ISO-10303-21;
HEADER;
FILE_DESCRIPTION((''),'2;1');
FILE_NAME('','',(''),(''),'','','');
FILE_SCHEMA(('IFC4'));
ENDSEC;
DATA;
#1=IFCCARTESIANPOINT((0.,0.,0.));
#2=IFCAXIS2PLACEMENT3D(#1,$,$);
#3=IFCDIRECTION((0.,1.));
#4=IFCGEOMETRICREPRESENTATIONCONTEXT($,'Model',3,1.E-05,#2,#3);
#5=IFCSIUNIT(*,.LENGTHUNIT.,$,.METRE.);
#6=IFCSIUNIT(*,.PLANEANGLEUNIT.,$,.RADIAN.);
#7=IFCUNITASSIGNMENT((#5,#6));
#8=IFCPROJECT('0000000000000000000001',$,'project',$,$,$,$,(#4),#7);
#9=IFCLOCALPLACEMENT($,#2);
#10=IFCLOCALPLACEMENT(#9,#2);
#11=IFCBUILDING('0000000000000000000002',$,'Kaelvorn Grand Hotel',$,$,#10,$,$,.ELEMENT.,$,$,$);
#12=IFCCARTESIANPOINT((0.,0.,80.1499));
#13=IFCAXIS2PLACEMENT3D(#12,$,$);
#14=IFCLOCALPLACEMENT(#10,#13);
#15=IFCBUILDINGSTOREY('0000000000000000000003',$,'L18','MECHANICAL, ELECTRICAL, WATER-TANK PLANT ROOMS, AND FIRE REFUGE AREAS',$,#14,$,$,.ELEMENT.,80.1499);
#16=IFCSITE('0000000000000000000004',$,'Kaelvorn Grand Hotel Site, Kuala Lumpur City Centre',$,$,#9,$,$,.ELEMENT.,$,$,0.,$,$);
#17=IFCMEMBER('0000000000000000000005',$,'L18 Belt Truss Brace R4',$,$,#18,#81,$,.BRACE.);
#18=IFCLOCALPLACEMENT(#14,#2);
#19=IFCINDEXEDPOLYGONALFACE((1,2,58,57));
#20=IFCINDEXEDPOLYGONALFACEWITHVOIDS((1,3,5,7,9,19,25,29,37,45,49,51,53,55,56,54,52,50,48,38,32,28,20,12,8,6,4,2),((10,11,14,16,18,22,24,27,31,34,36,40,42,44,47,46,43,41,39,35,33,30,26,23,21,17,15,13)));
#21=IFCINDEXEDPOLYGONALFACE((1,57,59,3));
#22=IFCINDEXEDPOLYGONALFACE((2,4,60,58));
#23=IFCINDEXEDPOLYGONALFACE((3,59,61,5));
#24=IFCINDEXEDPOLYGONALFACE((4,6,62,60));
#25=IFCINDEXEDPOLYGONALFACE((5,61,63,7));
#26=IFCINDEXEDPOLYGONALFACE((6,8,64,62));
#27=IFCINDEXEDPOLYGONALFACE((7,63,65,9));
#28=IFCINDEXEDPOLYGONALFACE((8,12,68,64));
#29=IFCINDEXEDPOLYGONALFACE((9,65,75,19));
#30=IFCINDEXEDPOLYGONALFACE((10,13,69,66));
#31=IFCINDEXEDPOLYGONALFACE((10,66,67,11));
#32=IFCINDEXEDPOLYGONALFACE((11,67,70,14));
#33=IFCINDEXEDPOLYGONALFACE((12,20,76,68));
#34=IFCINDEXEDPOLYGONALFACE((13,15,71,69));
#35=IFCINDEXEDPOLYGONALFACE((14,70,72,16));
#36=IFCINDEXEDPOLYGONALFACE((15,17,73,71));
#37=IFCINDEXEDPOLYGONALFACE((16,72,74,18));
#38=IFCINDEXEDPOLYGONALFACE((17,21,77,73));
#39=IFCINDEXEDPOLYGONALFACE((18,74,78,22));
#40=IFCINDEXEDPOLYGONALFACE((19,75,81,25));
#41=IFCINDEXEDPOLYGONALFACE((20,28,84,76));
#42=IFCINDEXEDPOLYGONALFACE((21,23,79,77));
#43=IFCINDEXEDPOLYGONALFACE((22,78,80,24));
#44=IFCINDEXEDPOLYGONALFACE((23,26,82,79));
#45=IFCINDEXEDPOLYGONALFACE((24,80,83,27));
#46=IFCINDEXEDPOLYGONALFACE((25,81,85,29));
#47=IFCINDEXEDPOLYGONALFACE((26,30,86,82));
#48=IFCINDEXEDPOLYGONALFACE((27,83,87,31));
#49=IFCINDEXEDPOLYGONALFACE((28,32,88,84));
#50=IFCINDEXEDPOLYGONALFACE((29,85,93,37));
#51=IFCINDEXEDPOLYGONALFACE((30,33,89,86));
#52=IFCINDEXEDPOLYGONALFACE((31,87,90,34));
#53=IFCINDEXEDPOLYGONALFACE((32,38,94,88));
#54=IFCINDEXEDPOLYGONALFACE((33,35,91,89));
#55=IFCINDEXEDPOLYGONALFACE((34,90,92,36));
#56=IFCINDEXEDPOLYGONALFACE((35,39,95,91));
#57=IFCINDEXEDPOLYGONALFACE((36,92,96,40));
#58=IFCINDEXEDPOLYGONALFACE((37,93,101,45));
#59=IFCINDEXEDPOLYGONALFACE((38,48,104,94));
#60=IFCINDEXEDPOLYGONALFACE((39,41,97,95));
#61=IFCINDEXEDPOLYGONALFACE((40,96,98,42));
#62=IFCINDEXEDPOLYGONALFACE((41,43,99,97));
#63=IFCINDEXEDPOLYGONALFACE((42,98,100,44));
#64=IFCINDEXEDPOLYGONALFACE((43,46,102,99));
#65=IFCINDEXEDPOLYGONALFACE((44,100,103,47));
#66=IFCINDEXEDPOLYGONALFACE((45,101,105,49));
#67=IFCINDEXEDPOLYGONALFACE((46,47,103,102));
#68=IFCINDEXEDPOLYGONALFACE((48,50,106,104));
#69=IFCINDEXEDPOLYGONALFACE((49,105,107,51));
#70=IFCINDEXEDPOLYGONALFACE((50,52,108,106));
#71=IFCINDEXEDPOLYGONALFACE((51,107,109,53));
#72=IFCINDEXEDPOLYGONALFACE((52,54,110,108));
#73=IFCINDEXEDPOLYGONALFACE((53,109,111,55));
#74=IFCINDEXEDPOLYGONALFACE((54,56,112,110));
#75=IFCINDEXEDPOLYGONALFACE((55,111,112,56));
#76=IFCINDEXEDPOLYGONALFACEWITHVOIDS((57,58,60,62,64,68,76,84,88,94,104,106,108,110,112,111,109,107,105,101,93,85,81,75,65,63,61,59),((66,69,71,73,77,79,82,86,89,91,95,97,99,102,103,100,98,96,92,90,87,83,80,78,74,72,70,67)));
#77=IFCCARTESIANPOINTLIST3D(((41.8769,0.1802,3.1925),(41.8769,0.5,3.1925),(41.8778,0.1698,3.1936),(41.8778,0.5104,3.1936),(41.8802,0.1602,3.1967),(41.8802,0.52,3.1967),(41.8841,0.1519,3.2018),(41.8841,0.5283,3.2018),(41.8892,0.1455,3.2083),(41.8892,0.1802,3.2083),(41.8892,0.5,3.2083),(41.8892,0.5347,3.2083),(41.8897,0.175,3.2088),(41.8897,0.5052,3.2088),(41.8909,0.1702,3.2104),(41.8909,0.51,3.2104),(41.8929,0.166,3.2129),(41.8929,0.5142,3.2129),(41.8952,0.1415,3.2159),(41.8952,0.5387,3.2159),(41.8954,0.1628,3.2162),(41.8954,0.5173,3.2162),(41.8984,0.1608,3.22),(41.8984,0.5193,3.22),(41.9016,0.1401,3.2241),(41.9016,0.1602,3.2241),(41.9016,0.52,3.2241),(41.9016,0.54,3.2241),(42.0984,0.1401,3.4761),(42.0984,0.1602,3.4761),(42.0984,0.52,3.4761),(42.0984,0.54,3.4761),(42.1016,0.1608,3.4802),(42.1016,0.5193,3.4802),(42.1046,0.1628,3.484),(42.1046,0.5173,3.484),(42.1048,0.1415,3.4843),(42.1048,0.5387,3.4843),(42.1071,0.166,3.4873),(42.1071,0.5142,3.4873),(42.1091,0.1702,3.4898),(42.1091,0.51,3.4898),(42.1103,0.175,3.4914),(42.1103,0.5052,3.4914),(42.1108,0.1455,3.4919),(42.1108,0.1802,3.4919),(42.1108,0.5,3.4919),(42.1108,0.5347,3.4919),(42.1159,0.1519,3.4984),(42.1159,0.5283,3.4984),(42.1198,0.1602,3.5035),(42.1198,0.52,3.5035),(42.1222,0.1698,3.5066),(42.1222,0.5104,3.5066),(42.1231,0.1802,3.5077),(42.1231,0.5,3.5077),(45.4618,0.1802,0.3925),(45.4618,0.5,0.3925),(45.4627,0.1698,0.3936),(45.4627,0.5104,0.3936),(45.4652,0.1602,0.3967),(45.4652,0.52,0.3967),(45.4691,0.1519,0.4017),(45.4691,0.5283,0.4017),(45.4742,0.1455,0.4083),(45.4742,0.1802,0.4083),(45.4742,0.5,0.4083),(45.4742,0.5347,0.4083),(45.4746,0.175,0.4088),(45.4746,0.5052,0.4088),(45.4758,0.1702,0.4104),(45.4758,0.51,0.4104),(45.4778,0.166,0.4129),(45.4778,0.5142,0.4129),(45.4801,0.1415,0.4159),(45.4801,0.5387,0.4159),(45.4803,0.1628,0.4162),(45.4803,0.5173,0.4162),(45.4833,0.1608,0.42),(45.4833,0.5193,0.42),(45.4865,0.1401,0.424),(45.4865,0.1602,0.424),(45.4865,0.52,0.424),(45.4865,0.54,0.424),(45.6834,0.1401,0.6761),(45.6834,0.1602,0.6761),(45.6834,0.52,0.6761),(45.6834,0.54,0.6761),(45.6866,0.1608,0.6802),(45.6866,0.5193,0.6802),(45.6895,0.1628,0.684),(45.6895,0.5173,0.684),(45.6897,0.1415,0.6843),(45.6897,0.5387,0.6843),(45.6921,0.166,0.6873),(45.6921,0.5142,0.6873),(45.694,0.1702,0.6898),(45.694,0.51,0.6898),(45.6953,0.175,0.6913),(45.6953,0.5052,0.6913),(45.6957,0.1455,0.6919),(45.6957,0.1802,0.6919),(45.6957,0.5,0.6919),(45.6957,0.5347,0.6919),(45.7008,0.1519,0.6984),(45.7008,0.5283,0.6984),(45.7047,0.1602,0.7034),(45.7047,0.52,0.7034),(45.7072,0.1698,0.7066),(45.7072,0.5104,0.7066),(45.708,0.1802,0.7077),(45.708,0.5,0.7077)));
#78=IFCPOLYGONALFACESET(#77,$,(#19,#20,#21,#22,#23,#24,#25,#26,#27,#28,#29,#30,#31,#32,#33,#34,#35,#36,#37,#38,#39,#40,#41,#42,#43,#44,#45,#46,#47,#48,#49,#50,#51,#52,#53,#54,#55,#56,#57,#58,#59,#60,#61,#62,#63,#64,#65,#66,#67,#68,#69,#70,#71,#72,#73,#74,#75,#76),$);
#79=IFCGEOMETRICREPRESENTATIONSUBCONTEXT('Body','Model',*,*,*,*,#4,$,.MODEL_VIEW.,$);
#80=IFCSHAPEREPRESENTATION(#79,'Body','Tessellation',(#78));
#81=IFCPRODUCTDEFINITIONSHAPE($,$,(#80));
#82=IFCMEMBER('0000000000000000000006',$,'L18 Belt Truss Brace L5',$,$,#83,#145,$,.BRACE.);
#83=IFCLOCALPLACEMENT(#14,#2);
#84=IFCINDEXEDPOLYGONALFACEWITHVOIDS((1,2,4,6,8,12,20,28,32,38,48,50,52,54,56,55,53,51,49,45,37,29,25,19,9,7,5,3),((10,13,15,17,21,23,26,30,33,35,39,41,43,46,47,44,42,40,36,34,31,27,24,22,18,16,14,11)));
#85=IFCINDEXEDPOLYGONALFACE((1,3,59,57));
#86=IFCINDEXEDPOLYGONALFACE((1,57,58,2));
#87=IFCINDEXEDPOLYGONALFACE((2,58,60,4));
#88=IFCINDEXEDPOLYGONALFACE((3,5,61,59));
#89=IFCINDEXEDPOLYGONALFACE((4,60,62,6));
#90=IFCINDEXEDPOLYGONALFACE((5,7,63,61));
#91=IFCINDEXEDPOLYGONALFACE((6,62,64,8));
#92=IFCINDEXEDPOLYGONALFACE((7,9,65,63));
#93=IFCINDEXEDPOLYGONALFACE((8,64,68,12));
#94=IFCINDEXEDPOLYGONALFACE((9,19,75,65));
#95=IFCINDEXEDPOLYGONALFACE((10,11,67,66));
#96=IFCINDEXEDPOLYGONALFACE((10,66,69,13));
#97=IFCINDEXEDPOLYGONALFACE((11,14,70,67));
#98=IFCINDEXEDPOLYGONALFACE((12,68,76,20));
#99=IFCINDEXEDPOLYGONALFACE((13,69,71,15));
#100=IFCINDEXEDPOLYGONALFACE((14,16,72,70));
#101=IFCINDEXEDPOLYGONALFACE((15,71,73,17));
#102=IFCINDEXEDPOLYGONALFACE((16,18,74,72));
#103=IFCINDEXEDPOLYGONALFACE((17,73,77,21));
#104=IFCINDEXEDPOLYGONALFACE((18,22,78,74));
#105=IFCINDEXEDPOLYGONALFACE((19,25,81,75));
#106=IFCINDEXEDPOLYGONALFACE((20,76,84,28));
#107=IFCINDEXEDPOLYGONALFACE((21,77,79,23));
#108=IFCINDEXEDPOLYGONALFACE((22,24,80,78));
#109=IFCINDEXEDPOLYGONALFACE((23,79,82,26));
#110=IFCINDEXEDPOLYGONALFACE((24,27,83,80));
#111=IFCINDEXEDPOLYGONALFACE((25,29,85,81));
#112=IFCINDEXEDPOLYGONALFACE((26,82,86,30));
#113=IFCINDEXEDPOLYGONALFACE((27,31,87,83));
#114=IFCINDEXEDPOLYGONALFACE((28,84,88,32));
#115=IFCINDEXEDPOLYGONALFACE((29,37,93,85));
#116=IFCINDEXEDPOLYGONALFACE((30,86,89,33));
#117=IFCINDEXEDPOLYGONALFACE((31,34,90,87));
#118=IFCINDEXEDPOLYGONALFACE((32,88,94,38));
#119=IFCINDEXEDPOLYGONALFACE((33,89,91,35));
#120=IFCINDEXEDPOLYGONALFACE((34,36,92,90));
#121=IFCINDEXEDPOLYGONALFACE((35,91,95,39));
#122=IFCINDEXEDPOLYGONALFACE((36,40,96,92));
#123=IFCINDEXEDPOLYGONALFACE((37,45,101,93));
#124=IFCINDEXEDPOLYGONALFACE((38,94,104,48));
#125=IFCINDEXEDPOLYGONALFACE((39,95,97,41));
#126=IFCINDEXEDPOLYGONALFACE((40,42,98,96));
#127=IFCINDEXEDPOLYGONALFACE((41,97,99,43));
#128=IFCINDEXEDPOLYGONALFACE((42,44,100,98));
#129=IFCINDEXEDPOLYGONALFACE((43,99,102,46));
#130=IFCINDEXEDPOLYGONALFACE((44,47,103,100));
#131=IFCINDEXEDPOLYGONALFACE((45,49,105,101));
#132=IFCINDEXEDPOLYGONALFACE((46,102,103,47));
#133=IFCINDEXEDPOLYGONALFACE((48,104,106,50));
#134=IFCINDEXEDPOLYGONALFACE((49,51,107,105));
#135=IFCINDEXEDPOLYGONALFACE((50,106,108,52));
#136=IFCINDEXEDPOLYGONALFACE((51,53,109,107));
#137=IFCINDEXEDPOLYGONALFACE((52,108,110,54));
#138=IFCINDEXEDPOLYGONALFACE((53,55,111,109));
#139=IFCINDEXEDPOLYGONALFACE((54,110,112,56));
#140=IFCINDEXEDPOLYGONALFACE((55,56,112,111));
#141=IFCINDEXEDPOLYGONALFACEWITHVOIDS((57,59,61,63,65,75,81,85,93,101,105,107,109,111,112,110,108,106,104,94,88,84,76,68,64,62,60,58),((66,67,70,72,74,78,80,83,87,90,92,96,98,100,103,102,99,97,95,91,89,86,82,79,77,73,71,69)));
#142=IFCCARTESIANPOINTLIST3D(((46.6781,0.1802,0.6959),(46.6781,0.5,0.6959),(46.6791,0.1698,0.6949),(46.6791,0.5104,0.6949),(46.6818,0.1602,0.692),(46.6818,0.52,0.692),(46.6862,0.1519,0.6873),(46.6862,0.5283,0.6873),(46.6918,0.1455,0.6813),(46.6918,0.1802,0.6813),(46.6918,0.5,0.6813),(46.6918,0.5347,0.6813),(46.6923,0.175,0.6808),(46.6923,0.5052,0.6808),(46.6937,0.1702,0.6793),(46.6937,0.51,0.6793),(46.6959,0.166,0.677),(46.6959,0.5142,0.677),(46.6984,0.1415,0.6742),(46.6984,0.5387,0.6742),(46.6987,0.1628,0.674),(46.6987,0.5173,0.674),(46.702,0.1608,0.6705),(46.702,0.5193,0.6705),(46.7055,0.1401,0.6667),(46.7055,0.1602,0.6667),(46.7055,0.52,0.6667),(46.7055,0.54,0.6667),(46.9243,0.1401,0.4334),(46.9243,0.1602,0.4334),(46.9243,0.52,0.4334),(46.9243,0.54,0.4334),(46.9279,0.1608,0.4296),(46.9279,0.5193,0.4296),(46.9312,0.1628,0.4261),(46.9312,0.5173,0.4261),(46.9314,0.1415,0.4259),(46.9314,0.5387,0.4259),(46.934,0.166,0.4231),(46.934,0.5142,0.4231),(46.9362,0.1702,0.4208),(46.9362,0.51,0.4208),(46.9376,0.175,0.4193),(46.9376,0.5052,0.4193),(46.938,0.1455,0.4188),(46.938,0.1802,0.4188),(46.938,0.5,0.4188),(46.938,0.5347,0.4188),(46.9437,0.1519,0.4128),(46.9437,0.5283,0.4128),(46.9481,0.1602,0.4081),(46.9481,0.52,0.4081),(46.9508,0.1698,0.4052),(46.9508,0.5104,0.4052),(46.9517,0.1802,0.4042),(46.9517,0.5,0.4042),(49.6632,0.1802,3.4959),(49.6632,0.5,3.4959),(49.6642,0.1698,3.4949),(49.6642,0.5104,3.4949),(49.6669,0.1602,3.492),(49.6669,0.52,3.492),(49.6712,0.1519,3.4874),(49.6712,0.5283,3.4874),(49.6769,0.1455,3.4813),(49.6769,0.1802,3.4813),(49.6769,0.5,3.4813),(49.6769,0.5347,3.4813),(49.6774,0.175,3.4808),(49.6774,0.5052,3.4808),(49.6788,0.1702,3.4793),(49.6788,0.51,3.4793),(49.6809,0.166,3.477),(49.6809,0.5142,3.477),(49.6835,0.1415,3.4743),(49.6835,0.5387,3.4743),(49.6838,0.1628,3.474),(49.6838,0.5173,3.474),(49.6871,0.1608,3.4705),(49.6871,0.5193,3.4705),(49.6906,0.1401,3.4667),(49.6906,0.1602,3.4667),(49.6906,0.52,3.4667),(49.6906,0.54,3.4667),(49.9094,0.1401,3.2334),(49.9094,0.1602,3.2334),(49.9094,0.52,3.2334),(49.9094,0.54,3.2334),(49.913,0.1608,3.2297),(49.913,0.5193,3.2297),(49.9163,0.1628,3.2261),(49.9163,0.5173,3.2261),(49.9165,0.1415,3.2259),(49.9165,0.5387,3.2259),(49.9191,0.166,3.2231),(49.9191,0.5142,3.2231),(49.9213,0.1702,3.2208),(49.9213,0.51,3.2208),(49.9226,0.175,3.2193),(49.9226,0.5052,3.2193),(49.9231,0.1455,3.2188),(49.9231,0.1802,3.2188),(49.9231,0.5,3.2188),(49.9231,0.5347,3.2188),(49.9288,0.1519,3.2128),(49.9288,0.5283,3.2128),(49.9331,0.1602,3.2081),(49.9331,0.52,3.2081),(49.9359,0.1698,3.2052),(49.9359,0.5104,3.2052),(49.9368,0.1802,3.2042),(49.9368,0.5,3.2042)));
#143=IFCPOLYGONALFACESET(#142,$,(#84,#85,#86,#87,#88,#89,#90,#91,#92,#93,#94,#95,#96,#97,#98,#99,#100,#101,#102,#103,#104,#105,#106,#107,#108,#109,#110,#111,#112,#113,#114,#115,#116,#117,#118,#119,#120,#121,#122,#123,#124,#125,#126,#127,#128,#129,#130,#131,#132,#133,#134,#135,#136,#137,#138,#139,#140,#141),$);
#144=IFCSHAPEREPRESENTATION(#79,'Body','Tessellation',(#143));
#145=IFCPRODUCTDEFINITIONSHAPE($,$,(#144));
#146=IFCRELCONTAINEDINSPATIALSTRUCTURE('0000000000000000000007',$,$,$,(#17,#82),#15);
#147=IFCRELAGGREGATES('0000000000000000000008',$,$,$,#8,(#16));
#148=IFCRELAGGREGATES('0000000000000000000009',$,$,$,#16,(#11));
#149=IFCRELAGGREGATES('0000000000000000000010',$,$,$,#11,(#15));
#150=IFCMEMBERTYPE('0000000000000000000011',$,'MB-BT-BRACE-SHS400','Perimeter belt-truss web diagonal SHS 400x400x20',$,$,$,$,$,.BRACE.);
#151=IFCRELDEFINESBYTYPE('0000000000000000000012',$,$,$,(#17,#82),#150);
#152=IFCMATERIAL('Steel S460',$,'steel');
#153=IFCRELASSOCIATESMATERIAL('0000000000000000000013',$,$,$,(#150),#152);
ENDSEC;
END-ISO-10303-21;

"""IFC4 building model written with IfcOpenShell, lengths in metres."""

from ifc_helpers import new_model, si_unit, direction, frame, origin, origin_2d, place, context, subcontext, project, spatial, hollow_rectangle, extrude, material, material_profile, profile_set, type_object, element, save


model = new_model("IFC4")

# Units and contexts
model_context = context("Model", 3, precision=1e-05, world=origin(), true_north=direction((0.0, 1.0)))
body_context = subcontext(model_context, "Body", "Model", "MODEL_VIEW")
ifc_project = project(units=[si_unit("LENGTHUNIT", "METRE"), si_unit("PLANEANGLEUNIT", "RADIAN")], contexts=[model_context])

# Site, building, storey
site_placement = place(None, origin())
site = spatial("IfcSite", under=ifc_project, at=site_placement, Name="Kaelvorn Grand Hotel Site, Kuala Lumpur City Centre", CompositionType="ELEMENT", RefElevation=0.0)
building_placement = place(site_placement, origin())
building = spatial("IfcBuilding", under=site, at=building_placement, Name="Kaelvorn Grand Hotel", CompositionType="ELEMENT")
storey_placement = place(building_placement, frame((0.0, 0.0, 80.1499)))
storey = spatial("IfcBuildingStorey", under=building, at=storey_placement, Name="L18", Description="MECHANICAL, ELECTRICAL, WATER-TANK PLANT ROOMS, AND FIRE REFUGE AREAS", CompositionType="ELEMENT", Elevation=80.1499)

# Members
ifc_material_1 = material(Name="Steel S460", Category="steel")
ifc_material_profile_1 = material_profile(ifc_material_1, hollow_rectangle(XDim=0.3999, YDim=0.3999, WallThickness=0.02, InnerFilletRadius=0.02, OuterFilletRadius=0.04, at=origin_2d()), Name="SHS 400x400x20.0")
ifc_profile_set_1 = profile_set([ifc_material_profile_1], Name="Steel S460")
member_type_1 = type_object("IfcMemberType", Name="MB-BT-BRACE-SHS400", Description="Perimeter belt-truss web diagonal SHS 400x400x20", PredefinedType="BRACE", material=ifc_profile_set_1)
member_1_placement = place(storey_placement, frame((42.0, 0.3401, 3.3501), z_axis=(0.788099, 0.0, -0.615548), x_axis=(0.0, 1.0, 0.0)))
element("IfcMember", 1, at=member_1_placement, inside=storey, type_object=member_type_1, Name="L18 Belt Truss Brace R4", PredefinedType="BRACE", context=body_context, shape_type="SweptSolid", body=[
    extrude(hollow_rectangle(XDim=0.3999, YDim=0.3999, WallThickness=0.02, InnerFilletRadius=0.02, OuterFilletRadius=0.04, at=origin_2d()), origin(), (0.0, 0.0, 1.0), 4.5488),
])
member_2_placement = place(storey_placement, frame((46.8149, 0.3401, 0.55), z_axis=(0.729353, 0.0, 0.684138), x_axis=(0.0, 1.0, 0.0)))
element("IfcMember", 2, at=member_2_placement, inside=storey, type_object=member_type_1, Name="L18 Belt Truss Brace L5", PredefinedType="BRACE", context=body_context, shape_type="SweptSolid", body=[
    extrude(hollow_rectangle(XDim=0.3999, YDim=0.3999, WallThickness=0.02, InnerFilletRadius=0.02, OuterFilletRadius=0.04, at=origin_2d()), origin(), (0.0, 0.0, 1.0), 4.0928),
])

save(model, "model.ifc")
